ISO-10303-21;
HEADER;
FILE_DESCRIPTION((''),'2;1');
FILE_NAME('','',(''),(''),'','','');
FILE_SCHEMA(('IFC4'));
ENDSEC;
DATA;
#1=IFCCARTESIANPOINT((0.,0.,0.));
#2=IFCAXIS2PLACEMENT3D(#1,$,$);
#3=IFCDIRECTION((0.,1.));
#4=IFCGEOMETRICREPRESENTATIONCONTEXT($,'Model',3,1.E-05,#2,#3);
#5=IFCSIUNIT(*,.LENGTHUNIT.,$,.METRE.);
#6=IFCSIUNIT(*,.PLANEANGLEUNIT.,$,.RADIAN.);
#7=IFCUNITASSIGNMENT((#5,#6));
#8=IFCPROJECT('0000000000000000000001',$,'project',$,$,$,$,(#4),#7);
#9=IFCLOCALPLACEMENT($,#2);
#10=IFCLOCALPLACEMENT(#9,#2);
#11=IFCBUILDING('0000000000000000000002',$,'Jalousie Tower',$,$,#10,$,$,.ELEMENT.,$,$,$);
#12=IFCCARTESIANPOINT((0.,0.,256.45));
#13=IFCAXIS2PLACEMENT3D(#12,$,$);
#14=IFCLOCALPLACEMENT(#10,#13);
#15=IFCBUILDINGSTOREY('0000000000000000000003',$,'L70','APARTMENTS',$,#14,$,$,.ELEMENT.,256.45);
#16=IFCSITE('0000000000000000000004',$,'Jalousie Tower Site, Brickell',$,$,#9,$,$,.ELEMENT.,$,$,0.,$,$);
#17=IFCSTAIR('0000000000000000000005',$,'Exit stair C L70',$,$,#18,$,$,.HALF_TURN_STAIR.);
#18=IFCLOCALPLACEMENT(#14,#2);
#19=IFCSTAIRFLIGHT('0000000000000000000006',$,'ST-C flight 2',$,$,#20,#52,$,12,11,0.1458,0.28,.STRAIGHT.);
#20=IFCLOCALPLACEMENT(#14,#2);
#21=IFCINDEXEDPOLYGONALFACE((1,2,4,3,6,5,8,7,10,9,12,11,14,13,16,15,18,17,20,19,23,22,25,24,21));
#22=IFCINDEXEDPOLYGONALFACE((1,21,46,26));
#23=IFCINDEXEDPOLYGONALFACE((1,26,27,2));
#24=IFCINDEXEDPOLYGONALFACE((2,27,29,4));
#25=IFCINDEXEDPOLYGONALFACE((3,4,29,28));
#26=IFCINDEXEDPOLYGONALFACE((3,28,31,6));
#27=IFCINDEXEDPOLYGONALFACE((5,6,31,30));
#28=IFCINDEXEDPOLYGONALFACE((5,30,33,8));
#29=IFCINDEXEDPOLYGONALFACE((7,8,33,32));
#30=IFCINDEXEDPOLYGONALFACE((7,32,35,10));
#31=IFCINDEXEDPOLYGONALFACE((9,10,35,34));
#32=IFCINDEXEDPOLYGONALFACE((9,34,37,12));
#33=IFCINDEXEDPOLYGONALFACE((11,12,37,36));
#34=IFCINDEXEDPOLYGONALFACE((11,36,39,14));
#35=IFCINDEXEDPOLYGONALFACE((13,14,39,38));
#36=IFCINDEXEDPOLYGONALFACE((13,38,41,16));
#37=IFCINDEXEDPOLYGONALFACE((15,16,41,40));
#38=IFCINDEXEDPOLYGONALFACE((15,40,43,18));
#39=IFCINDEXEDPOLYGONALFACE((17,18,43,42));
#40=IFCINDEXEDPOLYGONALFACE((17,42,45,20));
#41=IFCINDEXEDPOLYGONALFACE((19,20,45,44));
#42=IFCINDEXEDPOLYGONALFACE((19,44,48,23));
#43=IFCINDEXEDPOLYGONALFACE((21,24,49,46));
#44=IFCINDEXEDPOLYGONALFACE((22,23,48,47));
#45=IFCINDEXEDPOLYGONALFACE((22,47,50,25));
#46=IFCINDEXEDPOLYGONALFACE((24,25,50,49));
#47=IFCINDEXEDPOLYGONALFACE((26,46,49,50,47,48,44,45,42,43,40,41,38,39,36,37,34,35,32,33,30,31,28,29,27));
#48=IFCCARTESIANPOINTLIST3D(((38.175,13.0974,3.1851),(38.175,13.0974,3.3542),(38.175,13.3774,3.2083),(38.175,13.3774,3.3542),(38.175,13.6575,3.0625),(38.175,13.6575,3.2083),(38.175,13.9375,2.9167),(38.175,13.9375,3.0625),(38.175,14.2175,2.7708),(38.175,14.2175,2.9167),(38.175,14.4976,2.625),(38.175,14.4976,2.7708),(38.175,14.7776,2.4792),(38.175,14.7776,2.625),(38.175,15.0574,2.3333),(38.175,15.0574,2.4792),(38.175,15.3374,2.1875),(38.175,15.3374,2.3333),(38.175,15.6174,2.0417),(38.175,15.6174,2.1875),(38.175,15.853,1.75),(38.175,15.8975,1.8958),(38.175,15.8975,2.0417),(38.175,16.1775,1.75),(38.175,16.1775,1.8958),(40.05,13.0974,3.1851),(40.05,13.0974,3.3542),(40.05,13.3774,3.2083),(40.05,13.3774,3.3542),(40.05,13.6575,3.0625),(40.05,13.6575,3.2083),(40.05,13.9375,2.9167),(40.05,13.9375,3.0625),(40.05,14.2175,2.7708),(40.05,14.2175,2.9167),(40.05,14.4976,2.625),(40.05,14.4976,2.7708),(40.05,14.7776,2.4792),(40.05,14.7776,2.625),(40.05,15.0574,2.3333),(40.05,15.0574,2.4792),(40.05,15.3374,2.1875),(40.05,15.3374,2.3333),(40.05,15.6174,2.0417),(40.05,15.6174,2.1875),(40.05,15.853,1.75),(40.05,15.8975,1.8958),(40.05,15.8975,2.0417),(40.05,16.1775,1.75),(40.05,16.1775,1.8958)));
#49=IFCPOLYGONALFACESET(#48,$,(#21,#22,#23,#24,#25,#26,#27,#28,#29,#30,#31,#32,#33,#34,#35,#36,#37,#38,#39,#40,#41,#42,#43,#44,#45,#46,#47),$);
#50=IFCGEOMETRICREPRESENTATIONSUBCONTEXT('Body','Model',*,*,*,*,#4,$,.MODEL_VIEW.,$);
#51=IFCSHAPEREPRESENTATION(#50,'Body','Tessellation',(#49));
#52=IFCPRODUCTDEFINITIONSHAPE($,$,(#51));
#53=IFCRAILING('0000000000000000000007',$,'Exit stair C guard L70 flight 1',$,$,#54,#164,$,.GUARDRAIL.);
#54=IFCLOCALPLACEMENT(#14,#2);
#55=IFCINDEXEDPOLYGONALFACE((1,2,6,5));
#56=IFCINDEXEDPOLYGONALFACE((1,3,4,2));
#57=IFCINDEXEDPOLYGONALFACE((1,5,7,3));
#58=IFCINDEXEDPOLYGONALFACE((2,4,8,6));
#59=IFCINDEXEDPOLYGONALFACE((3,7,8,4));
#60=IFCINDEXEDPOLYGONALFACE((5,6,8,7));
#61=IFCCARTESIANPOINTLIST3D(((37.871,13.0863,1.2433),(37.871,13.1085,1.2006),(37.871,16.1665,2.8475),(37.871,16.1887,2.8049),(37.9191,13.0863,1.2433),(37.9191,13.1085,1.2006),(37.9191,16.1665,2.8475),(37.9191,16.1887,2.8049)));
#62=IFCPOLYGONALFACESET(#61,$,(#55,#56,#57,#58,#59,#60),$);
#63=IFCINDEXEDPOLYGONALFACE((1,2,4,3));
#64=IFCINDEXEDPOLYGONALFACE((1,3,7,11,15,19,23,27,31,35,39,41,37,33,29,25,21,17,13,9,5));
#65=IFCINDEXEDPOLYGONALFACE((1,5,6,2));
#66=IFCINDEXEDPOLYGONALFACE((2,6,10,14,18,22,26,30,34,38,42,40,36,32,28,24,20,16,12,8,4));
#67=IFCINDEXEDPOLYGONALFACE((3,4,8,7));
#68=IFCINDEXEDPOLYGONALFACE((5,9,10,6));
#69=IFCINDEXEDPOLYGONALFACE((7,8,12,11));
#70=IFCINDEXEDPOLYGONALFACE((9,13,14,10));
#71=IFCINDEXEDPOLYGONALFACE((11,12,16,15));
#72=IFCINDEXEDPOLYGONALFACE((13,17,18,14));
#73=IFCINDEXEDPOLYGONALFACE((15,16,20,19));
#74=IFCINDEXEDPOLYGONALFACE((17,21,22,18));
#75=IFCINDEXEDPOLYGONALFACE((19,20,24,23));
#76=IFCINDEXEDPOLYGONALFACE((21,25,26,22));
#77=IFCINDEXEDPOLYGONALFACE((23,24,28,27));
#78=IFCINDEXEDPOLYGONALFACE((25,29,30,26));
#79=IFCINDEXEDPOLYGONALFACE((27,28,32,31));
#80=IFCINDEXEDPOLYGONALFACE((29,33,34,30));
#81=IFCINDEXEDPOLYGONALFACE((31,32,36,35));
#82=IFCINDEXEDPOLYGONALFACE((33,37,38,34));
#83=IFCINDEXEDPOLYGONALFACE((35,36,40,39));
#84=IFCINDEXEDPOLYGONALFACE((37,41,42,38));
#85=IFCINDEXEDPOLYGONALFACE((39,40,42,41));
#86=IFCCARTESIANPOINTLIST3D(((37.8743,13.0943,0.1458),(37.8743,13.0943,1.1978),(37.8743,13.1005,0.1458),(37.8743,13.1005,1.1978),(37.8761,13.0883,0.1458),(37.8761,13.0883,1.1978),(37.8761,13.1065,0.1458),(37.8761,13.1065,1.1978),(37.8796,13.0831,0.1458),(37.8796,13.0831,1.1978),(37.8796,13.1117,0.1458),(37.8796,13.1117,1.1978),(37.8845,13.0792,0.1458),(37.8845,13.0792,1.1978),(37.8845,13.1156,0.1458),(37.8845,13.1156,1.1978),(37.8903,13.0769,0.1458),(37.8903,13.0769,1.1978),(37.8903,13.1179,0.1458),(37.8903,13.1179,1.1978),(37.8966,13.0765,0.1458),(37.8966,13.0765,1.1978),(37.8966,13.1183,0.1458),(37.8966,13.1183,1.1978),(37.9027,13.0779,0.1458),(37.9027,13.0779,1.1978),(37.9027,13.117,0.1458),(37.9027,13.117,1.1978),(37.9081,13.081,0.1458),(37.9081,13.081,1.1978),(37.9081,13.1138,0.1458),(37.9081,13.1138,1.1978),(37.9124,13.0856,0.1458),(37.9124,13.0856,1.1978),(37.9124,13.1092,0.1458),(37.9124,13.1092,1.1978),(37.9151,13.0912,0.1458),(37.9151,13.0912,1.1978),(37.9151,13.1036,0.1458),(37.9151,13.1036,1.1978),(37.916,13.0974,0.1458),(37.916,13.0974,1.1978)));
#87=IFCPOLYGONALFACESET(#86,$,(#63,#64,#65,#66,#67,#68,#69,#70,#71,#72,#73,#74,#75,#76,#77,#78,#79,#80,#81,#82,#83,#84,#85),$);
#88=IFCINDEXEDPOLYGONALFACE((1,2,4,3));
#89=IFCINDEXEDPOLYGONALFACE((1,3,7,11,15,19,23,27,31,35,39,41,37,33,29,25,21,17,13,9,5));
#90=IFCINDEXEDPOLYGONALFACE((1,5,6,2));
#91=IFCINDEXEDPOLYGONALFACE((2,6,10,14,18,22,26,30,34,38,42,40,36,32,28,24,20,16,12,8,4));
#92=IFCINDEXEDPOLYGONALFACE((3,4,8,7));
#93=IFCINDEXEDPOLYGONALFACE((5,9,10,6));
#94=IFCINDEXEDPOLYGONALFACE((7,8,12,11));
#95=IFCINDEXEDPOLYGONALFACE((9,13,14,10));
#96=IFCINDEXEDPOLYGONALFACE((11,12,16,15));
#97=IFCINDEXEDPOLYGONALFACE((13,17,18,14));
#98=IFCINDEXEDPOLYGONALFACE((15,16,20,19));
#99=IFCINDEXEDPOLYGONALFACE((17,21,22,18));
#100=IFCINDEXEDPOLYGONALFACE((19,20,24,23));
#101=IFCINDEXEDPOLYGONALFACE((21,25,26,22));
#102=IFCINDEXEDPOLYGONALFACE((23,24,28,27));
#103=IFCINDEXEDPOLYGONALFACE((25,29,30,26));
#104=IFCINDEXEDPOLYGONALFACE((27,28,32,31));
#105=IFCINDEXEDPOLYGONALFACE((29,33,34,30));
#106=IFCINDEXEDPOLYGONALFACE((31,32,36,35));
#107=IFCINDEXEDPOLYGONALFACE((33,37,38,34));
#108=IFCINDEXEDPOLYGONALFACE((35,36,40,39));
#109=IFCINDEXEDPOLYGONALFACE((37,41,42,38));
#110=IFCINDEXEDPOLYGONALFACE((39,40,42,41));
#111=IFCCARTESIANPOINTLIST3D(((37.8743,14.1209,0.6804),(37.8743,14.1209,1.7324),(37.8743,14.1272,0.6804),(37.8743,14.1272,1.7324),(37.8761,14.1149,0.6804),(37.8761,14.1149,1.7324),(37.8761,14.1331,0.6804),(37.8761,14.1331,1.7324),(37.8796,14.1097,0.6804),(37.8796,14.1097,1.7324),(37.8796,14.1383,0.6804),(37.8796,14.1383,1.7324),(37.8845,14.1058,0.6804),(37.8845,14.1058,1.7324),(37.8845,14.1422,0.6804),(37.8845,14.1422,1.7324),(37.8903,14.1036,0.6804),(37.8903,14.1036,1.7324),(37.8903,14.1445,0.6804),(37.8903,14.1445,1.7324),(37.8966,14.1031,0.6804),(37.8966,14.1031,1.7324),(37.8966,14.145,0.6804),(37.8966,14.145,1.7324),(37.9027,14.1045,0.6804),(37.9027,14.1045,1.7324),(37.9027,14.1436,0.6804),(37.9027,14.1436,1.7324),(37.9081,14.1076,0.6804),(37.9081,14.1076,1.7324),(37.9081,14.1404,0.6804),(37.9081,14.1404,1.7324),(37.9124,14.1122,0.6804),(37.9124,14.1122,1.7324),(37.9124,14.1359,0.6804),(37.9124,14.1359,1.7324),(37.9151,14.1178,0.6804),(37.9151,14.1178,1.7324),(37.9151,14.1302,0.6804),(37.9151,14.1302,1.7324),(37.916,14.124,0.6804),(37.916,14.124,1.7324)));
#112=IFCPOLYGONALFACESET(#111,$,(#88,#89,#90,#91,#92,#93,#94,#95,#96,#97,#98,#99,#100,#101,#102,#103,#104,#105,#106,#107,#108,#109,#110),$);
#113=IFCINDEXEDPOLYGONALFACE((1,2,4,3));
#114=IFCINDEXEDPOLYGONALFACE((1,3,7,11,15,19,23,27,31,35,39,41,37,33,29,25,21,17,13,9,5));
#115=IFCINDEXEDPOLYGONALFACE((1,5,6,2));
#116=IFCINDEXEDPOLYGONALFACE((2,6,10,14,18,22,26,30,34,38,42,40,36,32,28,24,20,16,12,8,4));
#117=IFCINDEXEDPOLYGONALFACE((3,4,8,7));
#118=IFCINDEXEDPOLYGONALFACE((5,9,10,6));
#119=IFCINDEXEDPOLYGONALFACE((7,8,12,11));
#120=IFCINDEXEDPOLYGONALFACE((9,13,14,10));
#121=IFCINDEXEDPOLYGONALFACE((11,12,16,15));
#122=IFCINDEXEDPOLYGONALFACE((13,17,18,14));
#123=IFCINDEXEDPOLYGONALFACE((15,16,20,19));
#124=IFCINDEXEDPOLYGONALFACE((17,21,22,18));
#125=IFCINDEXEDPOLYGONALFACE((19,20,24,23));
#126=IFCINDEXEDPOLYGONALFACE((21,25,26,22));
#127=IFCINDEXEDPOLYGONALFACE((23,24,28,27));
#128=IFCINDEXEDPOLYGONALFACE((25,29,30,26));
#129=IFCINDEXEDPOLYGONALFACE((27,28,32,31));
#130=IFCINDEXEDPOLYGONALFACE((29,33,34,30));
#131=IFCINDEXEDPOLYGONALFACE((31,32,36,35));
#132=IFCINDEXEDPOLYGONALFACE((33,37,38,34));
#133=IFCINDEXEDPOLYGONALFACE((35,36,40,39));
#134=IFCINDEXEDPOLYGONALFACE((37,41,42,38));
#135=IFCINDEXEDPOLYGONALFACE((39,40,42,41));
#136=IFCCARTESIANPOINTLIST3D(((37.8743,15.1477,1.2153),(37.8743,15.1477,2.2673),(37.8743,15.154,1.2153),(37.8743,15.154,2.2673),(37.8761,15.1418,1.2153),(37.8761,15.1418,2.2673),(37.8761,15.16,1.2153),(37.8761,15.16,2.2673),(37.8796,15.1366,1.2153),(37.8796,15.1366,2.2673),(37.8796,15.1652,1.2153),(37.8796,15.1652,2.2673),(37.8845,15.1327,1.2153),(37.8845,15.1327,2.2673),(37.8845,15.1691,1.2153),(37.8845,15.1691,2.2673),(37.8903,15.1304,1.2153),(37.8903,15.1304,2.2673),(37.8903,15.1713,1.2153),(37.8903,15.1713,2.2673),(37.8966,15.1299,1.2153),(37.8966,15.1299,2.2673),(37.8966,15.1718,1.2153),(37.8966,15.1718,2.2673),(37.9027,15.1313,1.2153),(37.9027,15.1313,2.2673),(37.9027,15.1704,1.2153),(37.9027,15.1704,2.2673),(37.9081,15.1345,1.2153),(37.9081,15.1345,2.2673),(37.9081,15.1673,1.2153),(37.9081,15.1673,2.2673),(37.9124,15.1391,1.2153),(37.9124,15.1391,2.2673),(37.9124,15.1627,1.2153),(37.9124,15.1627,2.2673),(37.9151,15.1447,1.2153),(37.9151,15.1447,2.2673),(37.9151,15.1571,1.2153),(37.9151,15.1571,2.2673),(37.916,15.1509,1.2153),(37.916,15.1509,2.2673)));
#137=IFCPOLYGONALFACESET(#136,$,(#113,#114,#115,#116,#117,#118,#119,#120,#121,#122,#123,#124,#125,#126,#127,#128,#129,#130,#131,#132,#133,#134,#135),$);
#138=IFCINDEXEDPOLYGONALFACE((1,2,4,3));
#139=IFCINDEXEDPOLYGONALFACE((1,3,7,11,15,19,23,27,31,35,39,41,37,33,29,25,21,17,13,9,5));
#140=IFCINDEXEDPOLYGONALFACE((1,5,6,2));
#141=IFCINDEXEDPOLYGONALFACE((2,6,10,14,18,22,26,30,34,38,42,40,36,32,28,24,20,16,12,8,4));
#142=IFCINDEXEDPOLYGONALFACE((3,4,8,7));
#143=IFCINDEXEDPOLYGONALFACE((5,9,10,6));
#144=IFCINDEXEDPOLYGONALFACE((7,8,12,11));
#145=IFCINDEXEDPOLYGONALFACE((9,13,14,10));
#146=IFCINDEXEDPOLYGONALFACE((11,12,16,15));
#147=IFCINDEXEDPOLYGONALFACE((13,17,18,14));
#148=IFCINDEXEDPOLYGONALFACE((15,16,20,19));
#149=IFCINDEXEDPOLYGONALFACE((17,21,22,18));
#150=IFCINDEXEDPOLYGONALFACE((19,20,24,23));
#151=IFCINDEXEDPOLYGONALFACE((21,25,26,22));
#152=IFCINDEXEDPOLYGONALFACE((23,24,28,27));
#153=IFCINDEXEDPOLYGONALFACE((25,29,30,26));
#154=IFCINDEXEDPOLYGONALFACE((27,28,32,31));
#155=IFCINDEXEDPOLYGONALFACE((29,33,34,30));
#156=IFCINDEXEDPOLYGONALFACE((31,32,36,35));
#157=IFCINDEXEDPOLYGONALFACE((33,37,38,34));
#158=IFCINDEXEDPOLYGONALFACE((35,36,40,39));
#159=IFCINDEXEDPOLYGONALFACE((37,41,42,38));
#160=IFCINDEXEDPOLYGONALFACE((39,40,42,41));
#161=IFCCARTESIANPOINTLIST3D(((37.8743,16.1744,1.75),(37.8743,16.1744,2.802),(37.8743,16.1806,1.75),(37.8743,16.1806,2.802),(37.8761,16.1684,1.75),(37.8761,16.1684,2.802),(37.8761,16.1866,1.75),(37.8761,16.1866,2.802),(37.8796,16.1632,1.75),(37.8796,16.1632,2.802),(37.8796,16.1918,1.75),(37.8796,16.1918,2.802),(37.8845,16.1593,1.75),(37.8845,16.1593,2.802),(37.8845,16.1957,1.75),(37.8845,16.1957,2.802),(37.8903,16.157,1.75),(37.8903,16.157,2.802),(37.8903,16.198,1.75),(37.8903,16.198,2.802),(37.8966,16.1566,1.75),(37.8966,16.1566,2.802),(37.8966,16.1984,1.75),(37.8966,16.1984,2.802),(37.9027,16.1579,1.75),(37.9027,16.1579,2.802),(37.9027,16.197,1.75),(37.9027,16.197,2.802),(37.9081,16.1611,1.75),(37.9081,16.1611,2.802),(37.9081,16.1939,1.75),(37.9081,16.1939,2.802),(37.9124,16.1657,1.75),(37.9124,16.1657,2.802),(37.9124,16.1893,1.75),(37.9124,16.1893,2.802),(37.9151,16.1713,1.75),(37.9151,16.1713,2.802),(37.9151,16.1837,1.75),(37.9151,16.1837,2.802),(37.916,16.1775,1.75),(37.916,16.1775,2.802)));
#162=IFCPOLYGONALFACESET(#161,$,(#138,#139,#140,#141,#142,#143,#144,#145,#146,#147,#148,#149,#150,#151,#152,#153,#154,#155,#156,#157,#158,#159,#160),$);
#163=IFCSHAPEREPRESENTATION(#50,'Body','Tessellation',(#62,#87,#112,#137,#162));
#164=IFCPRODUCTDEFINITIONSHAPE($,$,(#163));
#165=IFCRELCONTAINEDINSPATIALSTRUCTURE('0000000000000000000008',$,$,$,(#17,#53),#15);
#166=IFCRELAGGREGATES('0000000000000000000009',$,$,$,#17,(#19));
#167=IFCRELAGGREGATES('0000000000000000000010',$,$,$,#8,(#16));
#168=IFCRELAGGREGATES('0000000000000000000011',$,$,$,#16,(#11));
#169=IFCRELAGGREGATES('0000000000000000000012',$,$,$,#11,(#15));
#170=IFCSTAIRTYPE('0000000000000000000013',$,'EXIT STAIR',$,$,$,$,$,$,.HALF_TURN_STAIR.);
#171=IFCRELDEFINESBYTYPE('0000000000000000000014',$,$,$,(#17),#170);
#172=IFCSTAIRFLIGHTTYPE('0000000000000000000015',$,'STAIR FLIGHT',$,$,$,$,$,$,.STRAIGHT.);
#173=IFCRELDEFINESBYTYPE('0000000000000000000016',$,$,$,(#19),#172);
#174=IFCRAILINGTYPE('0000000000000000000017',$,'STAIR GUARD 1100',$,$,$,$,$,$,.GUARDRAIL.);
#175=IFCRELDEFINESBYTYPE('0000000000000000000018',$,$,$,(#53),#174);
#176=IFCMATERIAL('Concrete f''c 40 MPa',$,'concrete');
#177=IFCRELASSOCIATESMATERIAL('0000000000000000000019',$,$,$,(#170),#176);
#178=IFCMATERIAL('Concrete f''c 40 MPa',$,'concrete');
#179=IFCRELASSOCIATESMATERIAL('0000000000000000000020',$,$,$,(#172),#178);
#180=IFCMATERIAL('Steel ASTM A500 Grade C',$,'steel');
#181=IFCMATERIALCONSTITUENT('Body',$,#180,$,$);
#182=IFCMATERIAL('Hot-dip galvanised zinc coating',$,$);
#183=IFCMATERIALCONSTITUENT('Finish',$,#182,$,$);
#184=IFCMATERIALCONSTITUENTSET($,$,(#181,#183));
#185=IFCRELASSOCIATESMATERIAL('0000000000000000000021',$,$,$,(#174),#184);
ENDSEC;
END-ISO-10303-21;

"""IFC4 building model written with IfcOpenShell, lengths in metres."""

from ifc_helpers import new_model, si_unit, direction, frame, origin, origin_2d, place, context, subcontext, project, spatial, polyline, rectangle, circle, outline, extrude, material, constituent, constituent_set, type_object, element, aggregate, save


model = new_model("IFC4")

# Units and contexts
model_context = context("Model", 3, precision=1e-05, world=origin(), true_north=direction((0.0, 1.0)))
body_context = subcontext(model_context, "Body", "Model", "MODEL_VIEW")
ifc_project = project(units=[si_unit("LENGTHUNIT", "METRE"), si_unit("PLANEANGLEUNIT", "RADIAN")], contexts=[model_context])

# Site, building, storey
site_placement = place(None, origin())
site = spatial("IfcSite", under=ifc_project, at=site_placement, Name="Jalousie Tower Site, Brickell", CompositionType="ELEMENT", RefElevation=0.0)
building_placement = place(site_placement, origin())
building = spatial("IfcBuilding", under=site, at=building_placement, Name="Jalousie Tower", CompositionType="ELEMENT")
storey_placement = place(building_placement, frame((0.0, 0.0, 256.45)))
storey = spatial("IfcBuildingStorey", under=building, at=storey_placement, Name="L70", Description="APARTMENTS", CompositionType="ELEMENT", Elevation=256.45)

# Stair, stair flight
ifc_material_1 = material(Name="Concrete f'c 40 MPa", Category="concrete")
stair_type = type_object("IfcStairType", Name="EXIT STAIR", PredefinedType="HALF_TURN_STAIR", material=ifc_material_1)
stair_placement = place(storey_placement, origin())
stair = element("IfcStair", 1, at=stair_placement, inside=storey, type_object=stair_type, Name="Exit stair C L70", PredefinedType="HALF_TURN_STAIR")
ifc_material_2 = material(Name="Concrete f'c 40 MPa", Category="concrete")
stair_flight_type = type_object("IfcStairFlightType", Name="STAIR FLIGHT", PredefinedType="STRAIGHT", material=ifc_material_2)
stair_flight_1_placement = place(storey_placement, frame((39.1125, 16.1775, 1.75), z_axis=(0.0, 0.0, 1.0), x_axis=(0.0, -1.0, 0.0)))
stair_flight_1 = element("IfcStairFlight", 2, at=stair_flight_1_placement, type_object=stair_flight_type, Name="ST-C flight 2", NumberOfRisers=12, NumberOfTreads=11, PredefinedType="STRAIGHT", RiserHeight=0.1458, TreadLength=0.28, context=body_context, shape_type="SweptSolid", body=[
    extrude(outline(polyline([(0.0, 0.0), (0.0, 0.1458), (0.28, 0.1458), (0.28, 0.2917), (0.5601, 0.2917), (0.5601, 0.4375), (0.8401, 0.4375), (0.8401, 0.5833), (1.1201, 0.5833), (1.1201, 0.7292), (1.3999, 0.7292), (1.3999, 0.875), (1.6799, 0.875), (1.6799, 1.0208), (1.96, 1.0208), (1.96, 1.1667), (2.24, 1.1667), (2.24, 1.3125), (2.52, 1.3125), (2.52, 1.4583), (2.8, 1.4583), (2.8, 1.6042), (3.0801, 1.6042), (3.0801, 1.75), (3.0801, 1.4351), (0.3245, 0.0), (0.0, 0.0)])), frame((0.0, 0.9375, 0.0), z_axis=(0.0, -1.0, 0.0), x_axis=(1.0, 0.0, 0.0)), (0.0, 0.0, 1.0), 1.875),
])
aggregate(stair, [stair_flight_1])

# Railing
ifc_material_3 = material(Name="Steel ASTM A500 Grade C", Category="steel")
ifc_constituent_1 = constituent(ifc_material_3, Name="Body")
ifc_material_4 = material(Name="Hot-dip galvanised zinc coating")
ifc_constituent_2 = constituent(ifc_material_4, Name="Finish")
ifc_constituent_set_1 = constituent_set(constituents=[ifc_constituent_1, ifc_constituent_2])
railing_type_1 = type_object("IfcRailingType", Name="STAIR GUARD 1100", PredefinedType="GUARDRAIL", material=ifc_constituent_set_1)
railing_1_placement = place(storey_placement, frame((37.895, 13.0974, 0.1458)))
element("IfcRailing", 3, at=railing_1_placement, inside=storey, type_object=railing_type_1, Name="Exit stair C guard L70 flight 1", PredefinedType="GUARDRAIL", context=body_context, shape_type="SweptSolid", body=[
    extrude(rectangle(XDim=0.0481, YDim=0.0481, at=origin_2d()), frame((0.0, 0.0, 1.0762), z_axis=(0.0, 0.886909, 0.461944), x_axis=(-1.0, 0.0, 0.0)), (0.0, 0.0, 1.0), 3.4729),
    extrude(circle(Radius=0.021, at=origin_2d()), origin(), (0.0, 0.0, 1.0), 1.052),
    extrude(circle(Radius=0.021, at=origin_2d()), frame((0.0, 1.0266, 0.5347)), (0.0, 0.0, 1.0), 1.052),
    extrude(circle(Radius=0.021, at=origin_2d()), frame((0.0, 2.0535, 1.0696)), (0.0, 0.0, 1.0), 1.052),
    extrude(circle(Radius=0.021, at=origin_2d()), frame((0.0, 3.0801, 1.6042)), (0.0, 0.0, 1.0), 1.052),
])

save(model, "model.ifc")
